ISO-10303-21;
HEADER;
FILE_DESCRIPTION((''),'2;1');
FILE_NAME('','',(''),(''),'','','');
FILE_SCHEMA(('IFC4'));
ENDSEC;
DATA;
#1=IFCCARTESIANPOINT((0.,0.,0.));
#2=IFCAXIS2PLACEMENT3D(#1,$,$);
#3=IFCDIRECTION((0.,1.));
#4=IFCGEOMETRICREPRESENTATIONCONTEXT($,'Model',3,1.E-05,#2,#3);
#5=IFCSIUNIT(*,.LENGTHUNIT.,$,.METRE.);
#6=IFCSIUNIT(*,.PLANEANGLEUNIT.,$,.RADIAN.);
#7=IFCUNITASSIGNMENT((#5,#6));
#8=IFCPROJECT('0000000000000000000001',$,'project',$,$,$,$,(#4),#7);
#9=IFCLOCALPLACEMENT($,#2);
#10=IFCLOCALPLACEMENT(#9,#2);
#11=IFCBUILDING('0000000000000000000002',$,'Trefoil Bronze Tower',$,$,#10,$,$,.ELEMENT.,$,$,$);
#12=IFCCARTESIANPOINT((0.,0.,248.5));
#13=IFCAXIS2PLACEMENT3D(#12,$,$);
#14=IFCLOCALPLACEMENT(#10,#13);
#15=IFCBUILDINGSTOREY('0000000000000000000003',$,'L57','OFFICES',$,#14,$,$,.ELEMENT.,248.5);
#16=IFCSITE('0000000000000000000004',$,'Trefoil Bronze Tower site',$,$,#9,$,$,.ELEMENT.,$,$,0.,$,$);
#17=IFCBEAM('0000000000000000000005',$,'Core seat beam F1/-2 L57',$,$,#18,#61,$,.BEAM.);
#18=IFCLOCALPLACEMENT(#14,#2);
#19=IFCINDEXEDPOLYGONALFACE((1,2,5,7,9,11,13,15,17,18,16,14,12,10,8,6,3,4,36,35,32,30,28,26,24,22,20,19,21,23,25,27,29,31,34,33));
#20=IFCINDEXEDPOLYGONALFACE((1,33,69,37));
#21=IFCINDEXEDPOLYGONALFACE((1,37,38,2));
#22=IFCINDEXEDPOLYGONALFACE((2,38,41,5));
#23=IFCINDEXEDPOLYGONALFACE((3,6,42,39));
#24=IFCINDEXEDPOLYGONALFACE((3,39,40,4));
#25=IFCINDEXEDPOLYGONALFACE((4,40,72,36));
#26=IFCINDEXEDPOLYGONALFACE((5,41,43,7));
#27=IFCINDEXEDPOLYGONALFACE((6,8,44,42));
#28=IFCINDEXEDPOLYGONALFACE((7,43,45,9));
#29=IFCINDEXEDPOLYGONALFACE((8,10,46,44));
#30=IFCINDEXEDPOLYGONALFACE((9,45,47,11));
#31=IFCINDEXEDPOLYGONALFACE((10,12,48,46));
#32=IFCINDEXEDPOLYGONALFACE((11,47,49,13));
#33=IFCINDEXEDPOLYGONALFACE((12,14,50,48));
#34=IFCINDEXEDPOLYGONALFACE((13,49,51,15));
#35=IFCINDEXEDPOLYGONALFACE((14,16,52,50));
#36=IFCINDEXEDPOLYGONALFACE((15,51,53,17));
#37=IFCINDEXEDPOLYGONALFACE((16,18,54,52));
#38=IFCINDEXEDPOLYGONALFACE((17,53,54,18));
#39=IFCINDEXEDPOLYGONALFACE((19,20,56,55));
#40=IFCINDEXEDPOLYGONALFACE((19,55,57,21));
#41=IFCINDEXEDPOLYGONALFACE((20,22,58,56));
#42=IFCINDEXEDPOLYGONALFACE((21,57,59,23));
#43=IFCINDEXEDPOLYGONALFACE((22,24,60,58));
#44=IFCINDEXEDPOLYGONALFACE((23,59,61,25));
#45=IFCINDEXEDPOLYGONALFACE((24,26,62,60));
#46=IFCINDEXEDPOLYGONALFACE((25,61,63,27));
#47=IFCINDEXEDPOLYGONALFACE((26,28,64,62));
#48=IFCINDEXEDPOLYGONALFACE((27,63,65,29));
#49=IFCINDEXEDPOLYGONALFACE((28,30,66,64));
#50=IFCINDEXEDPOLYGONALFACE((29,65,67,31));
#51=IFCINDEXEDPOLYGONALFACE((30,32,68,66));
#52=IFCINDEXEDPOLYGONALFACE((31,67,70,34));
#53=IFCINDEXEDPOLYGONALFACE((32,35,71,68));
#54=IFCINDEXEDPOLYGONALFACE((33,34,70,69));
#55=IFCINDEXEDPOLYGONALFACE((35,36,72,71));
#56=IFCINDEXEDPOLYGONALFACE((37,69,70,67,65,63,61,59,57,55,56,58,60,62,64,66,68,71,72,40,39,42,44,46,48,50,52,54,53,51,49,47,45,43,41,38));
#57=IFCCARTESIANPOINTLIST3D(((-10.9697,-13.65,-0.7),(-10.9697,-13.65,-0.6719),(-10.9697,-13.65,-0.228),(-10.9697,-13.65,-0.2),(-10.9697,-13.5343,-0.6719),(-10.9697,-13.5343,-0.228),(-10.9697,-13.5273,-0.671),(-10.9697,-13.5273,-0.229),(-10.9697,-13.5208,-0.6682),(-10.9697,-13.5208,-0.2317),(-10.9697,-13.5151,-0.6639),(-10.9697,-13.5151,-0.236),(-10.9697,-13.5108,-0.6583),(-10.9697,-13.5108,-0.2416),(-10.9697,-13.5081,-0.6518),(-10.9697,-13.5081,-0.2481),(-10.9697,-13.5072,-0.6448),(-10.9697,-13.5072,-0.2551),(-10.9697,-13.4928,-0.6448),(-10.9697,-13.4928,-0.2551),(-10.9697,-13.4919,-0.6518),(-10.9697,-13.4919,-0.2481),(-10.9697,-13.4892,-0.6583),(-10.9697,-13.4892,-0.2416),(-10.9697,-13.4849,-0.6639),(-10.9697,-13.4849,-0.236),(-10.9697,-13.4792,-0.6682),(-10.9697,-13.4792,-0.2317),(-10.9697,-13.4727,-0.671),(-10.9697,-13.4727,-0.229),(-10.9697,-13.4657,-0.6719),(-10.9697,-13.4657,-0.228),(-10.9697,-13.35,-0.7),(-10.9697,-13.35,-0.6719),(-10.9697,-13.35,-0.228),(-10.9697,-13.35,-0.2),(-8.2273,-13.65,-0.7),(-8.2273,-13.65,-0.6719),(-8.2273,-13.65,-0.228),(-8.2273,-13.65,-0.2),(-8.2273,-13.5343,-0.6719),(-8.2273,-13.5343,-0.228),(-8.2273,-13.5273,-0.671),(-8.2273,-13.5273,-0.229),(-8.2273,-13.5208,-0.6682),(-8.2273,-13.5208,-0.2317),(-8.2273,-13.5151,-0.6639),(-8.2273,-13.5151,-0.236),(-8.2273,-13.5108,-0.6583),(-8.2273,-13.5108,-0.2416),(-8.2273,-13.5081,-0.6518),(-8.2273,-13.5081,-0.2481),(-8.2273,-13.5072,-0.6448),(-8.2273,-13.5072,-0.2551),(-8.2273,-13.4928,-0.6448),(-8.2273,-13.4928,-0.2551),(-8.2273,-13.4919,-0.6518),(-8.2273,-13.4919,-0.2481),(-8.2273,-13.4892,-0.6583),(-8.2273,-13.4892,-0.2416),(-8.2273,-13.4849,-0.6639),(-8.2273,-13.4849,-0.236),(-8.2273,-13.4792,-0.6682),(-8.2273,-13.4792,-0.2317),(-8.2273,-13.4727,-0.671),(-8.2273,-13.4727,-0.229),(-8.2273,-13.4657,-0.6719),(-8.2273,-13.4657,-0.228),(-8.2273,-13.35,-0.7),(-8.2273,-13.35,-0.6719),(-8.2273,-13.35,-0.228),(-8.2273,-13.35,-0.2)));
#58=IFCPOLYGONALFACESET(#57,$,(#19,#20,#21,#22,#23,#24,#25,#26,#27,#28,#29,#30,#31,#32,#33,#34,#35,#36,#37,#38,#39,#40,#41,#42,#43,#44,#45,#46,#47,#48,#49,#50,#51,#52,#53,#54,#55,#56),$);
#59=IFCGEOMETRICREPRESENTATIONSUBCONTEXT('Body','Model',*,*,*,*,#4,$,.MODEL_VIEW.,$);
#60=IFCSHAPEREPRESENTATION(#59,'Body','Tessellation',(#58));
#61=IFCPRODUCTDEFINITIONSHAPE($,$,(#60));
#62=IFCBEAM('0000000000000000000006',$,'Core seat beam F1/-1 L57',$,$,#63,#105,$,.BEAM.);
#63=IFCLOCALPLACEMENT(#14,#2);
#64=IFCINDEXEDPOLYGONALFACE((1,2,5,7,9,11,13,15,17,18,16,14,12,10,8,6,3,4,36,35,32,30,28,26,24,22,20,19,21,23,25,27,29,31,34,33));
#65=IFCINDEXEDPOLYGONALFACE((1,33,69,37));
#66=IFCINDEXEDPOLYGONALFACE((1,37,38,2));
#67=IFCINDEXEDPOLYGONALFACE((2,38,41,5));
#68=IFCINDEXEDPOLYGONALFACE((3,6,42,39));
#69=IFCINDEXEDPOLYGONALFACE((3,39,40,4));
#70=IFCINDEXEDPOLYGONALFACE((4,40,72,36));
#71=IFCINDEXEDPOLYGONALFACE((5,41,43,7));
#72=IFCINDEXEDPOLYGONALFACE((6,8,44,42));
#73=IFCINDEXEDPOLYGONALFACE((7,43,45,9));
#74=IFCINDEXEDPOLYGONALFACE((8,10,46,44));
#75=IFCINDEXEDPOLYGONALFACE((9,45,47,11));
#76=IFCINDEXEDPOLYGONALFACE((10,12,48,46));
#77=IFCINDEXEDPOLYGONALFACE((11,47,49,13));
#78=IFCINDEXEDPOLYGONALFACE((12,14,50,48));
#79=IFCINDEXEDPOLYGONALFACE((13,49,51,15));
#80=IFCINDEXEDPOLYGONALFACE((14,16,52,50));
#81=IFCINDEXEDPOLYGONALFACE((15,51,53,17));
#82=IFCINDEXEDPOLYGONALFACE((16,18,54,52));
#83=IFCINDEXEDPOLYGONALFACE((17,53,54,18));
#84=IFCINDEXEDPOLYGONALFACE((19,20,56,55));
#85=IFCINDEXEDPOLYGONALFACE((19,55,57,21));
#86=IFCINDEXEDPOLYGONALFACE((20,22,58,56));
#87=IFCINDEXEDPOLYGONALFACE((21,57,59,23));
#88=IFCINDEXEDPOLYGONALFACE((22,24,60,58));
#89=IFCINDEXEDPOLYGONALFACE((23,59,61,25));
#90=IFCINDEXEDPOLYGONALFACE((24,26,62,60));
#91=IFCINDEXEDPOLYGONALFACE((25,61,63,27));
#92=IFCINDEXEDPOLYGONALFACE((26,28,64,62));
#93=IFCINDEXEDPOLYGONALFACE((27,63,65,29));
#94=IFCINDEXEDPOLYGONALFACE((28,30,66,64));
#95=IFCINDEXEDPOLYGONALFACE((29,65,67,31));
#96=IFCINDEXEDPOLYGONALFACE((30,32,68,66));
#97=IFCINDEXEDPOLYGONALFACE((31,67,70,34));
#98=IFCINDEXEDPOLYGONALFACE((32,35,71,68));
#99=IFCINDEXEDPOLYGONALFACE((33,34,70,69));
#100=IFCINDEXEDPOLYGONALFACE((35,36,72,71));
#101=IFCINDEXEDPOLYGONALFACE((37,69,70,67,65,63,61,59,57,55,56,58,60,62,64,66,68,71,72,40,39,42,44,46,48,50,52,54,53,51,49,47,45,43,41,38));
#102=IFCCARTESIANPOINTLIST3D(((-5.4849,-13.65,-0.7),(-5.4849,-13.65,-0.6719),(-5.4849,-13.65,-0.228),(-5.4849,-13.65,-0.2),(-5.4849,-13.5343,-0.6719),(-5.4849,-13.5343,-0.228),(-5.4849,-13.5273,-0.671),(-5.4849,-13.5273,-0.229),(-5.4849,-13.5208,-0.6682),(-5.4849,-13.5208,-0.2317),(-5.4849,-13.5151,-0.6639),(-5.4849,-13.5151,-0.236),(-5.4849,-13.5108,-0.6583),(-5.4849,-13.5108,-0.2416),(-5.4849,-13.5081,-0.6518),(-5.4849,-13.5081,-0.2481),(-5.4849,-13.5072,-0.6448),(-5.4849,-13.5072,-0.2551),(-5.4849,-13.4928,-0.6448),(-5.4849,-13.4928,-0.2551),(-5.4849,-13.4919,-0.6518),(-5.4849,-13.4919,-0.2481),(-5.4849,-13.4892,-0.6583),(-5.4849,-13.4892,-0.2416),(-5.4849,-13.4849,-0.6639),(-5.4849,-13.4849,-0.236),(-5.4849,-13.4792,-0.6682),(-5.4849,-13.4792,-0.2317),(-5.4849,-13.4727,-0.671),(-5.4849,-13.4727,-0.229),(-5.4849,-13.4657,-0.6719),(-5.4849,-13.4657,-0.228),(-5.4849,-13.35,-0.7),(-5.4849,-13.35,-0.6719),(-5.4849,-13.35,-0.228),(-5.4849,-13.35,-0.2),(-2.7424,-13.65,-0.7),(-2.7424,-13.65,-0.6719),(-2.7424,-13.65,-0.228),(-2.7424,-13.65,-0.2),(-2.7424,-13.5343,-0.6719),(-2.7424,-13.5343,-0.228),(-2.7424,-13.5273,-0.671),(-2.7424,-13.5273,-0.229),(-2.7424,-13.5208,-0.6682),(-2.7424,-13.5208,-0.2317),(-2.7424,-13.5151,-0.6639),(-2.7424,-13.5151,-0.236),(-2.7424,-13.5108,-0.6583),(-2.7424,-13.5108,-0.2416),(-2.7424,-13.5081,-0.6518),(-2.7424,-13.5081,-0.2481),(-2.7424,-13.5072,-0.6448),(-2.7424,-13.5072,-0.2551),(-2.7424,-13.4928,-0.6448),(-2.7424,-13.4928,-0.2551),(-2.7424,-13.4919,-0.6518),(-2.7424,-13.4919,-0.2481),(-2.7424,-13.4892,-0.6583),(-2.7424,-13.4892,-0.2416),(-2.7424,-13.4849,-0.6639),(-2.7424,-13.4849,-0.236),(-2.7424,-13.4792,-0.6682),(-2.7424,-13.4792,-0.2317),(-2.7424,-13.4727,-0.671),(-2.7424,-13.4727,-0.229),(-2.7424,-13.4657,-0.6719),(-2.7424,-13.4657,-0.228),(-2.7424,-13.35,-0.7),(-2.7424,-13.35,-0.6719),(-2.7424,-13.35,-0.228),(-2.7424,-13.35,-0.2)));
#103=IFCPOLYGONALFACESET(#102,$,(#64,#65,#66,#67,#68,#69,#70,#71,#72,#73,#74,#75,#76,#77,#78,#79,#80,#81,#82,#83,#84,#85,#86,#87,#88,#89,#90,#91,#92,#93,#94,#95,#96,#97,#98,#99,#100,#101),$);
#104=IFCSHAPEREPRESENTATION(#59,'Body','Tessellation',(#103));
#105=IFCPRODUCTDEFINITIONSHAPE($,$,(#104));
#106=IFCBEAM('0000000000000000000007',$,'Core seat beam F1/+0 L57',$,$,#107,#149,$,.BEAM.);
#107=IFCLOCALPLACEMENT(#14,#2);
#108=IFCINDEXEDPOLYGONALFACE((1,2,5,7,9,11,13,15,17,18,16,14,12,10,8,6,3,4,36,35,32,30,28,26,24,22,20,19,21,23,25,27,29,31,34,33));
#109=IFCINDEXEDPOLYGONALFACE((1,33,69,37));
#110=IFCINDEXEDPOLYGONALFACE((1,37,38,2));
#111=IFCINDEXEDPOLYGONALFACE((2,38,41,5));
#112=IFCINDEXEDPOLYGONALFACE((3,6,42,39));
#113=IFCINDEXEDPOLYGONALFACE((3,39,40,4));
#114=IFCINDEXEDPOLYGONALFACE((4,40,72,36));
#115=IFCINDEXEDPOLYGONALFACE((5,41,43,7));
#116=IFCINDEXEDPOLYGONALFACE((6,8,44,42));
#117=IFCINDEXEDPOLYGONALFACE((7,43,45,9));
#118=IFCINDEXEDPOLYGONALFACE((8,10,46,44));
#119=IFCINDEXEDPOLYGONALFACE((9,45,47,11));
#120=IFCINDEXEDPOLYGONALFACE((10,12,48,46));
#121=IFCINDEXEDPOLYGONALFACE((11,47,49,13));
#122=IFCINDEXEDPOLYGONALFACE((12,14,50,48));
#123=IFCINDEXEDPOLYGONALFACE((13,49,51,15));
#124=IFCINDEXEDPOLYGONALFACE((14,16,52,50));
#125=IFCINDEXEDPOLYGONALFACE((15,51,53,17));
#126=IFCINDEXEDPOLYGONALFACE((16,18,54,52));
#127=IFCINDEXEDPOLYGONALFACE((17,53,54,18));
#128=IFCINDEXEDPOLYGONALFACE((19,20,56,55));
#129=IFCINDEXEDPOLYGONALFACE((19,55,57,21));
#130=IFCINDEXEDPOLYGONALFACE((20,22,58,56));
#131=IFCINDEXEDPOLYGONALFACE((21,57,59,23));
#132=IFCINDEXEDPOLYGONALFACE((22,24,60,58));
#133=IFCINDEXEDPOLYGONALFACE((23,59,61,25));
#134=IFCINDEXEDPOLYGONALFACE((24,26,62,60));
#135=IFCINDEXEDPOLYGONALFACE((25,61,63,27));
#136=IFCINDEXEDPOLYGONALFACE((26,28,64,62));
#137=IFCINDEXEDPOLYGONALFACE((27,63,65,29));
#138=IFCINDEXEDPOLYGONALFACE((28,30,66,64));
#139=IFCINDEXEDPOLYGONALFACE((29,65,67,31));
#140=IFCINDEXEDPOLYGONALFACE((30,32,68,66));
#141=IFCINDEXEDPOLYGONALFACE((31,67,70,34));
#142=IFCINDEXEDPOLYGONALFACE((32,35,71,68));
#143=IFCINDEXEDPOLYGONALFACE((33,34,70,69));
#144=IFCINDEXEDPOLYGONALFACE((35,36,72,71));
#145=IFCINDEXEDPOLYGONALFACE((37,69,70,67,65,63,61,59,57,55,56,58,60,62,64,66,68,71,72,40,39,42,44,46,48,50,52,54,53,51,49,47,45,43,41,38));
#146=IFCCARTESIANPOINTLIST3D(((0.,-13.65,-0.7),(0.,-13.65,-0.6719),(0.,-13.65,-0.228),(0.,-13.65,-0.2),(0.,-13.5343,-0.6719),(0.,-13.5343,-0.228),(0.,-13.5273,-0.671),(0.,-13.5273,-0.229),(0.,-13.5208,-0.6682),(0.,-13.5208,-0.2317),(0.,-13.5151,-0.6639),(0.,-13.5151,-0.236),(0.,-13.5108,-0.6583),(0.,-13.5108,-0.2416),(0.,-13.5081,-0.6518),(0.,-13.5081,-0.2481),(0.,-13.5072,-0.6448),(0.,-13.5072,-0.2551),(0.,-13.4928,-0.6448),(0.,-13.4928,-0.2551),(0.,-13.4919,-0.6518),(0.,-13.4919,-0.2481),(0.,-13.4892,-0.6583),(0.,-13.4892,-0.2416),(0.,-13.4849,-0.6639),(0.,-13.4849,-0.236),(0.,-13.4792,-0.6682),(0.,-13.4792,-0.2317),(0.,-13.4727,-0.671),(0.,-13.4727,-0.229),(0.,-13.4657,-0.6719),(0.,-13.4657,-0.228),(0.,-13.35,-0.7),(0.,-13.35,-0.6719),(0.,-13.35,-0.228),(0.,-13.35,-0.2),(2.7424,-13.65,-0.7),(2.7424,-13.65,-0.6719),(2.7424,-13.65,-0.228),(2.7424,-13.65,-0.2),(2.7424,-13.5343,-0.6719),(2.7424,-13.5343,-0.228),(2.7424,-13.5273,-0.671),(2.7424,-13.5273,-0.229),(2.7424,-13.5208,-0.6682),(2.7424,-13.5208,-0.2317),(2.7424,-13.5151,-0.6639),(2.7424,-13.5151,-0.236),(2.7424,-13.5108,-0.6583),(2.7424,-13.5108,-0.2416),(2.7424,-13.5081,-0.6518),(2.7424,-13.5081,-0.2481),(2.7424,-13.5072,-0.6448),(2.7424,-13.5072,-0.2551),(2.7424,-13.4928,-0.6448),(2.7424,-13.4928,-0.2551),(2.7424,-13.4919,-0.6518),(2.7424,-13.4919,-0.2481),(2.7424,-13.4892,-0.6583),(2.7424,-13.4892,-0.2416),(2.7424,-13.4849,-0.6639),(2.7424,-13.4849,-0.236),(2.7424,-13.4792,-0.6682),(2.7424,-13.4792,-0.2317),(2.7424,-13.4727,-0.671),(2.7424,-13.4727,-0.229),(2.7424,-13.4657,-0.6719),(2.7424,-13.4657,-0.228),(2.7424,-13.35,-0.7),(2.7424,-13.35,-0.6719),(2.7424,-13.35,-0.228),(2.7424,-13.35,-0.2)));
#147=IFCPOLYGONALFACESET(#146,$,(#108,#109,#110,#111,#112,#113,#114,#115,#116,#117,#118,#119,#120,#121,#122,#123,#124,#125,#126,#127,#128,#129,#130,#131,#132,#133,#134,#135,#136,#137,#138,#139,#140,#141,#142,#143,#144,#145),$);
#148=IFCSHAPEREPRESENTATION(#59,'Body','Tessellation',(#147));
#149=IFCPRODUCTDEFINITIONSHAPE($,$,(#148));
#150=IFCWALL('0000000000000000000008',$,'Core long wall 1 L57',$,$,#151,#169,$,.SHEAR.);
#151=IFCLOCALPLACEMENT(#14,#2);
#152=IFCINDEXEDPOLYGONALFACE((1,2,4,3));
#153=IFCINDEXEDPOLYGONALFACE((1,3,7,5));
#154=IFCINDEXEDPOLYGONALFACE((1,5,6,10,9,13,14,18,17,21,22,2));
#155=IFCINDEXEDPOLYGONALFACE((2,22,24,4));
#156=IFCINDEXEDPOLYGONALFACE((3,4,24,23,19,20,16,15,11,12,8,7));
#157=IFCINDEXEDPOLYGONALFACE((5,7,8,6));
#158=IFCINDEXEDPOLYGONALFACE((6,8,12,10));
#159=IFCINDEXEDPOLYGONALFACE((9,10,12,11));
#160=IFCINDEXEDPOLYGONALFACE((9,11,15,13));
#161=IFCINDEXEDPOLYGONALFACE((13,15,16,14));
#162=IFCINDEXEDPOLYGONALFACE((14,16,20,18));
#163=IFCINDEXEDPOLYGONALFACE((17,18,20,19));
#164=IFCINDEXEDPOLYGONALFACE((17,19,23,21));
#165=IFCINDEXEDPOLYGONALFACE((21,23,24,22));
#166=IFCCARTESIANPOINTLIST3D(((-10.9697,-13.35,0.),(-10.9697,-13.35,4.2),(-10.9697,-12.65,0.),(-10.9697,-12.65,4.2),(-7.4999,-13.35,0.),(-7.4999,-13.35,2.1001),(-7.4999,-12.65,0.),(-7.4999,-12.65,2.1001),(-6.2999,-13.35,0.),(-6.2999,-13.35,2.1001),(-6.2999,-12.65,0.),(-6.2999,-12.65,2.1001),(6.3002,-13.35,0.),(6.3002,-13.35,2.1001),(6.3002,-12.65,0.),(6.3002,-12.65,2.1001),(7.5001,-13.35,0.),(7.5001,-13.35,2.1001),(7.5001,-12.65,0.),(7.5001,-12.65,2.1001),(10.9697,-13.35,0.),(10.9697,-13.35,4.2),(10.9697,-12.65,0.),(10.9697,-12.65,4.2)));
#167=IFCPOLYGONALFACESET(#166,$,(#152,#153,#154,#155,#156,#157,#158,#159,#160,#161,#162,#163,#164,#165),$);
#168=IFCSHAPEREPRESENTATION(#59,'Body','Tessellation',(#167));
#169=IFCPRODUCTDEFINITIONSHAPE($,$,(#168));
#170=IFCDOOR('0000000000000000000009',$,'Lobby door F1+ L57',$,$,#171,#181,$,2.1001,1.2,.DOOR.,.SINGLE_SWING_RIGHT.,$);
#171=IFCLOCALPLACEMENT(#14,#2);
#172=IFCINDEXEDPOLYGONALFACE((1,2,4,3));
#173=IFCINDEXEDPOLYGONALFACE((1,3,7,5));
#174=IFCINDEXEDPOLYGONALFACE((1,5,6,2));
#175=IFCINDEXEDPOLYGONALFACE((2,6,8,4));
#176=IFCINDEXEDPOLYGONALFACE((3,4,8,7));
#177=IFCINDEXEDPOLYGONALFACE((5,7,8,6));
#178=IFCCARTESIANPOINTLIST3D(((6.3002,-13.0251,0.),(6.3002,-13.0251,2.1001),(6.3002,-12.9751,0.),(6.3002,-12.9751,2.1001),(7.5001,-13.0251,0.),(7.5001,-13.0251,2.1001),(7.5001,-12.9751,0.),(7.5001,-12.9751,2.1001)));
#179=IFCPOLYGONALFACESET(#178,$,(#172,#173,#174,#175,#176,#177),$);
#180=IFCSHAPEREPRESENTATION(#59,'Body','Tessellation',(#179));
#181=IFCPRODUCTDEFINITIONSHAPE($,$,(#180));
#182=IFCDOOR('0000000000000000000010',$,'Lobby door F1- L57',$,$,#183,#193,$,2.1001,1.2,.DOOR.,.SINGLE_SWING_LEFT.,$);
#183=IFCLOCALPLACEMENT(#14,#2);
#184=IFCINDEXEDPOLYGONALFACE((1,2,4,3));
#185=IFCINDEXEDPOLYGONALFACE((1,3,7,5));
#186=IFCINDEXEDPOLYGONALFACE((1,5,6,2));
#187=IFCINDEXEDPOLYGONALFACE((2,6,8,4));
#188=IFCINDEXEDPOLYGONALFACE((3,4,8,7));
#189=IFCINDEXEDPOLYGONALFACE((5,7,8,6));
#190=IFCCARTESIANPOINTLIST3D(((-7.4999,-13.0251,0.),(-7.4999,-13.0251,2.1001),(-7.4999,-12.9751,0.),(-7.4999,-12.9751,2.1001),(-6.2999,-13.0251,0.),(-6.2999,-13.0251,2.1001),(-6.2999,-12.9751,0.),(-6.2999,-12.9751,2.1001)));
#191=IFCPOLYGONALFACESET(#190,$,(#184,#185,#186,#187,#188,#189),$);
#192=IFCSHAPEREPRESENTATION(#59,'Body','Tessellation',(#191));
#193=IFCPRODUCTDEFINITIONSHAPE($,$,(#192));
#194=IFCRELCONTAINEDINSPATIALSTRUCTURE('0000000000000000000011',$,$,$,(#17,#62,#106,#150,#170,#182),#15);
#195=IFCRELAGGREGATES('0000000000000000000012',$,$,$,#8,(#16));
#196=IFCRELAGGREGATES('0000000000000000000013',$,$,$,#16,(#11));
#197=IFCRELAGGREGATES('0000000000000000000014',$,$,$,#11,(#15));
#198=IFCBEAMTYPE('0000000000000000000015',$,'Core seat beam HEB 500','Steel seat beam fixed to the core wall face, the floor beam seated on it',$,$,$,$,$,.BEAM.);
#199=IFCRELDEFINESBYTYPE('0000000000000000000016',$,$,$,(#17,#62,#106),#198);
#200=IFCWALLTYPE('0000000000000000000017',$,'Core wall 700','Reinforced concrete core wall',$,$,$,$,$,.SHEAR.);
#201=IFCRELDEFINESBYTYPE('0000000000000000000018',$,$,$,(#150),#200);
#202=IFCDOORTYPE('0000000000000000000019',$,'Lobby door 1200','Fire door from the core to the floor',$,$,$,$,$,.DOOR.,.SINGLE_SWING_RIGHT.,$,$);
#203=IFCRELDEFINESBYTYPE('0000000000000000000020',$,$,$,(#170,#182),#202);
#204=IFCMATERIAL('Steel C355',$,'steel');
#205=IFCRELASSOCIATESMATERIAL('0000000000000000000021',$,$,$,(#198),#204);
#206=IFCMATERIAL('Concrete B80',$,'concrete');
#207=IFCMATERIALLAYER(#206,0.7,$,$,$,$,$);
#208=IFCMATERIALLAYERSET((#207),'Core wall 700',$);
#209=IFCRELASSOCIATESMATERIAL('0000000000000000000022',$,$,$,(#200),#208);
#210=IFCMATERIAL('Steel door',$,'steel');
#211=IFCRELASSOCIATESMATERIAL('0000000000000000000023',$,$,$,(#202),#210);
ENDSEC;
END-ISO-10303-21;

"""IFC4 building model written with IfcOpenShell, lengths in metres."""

from ifc_helpers import new_model, si_unit, direction, frame, frame_2d, origin, origin_2d, place, context, subcontext, project, spatial, rectangle, i_section, extrude, material, layer, layer_set, material_profile, profile_set, type_object, element, fill, save


model = new_model("IFC4")

# Units and contexts
model_context = context("Model", 3, precision=1e-05, world=origin(), true_north=direction((0.0, 1.0)))
body_context = subcontext(model_context, "Body", "Model", "MODEL_VIEW")
ifc_project = project(units=[si_unit("LENGTHUNIT", "METRE"), si_unit("PLANEANGLEUNIT", "RADIAN")], contexts=[model_context])

# Site, building, storey
site_placement = place(None, origin())
site = spatial("IfcSite", under=ifc_project, at=site_placement, Name="Trefoil Bronze Tower site", CompositionType="ELEMENT", RefElevation=0.0)
building_placement = place(site_placement, origin())
building = spatial("IfcBuilding", under=site, at=building_placement, Name="Trefoil Bronze Tower", CompositionType="ELEMENT")
storey_placement = place(building_placement, frame((0.0, 0.0, 248.5)))
storey = spatial("IfcBuildingStorey", under=building, at=storey_placement, Name="L57", Description="OFFICES", CompositionType="ELEMENT", Elevation=248.5)

# Beams
ifc_material_1 = material(Name="Steel C355", Category="steel")
ifc_material_profile = material_profile(ifc_material_1, i_section(OverallWidth=0.3, OverallDepth=0.5, WebThickness=0.0144, FlangeThickness=0.0281, FilletRadius=0.0271, at=origin_2d()), Name="HEB 500")
ifc_profile_set = profile_set([ifc_material_profile], Name="Steel C355")
beam_type = type_object("IfcBeamType", Name="Core seat beam HEB 500", Description="Steel seat beam fixed to the core wall face, the floor beam seated on it", PredefinedType="BEAM", material=ifc_profile_set)
for number, where, z_axis, x_axis, name in (
    (1, (-10.9697, -13.5, -0.45), (1.0, 0.0, 0.0), (0.0, 1.0, 0.0), "Core seat beam F1/-2 L57"),
    (2, (-5.4849, -13.5, -0.45), (1.0, 0.0, 0.0), (0.0, 1.0, 0.0), "Core seat beam F1/-1 L57"),
    (3, (0.0, -13.5, -0.45), (1.0, 0.0, 0.0), (0.0, 1.0, 0.0), "Core seat beam F1/+0 L57"),
):
    element("IfcBeam", number, at=place(storey_placement, frame(where, z_axis=z_axis, x_axis=x_axis)), inside=storey, type_object=beam_type, Name=name, PredefinedType="BEAM", context=body_context, shape_type="SweptSolid", body=[
        extrude(i_section(OverallWidth=0.3, OverallDepth=0.5, WebThickness=0.0144, FlangeThickness=0.0281, FilletRadius=0.0271, at=origin_2d()), origin(), (0.0, 0.0, 1.0), 2.7424),
    ])

# Wall, openings, doors
ifc_material_2 = material(Name="Concrete B80", Category="concrete")
ifc_layer_1 = layer(ifc_material_2, 0.7)
ifc_layer_set_1 = layer_set([ifc_layer_1], Name="Core wall 700")
wall_type_1 = type_object("IfcWallType", Name="Core wall 700", Description="Reinforced concrete core wall", PredefinedType="SHEAR", material=ifc_layer_set_1)
wall_1_placement = place(storey_placement, frame((-10.9697, -13.0, 0.0), z_axis=(0.0, 0.0, 1.0), x_axis=(1.0, 0.0, 0.0)))
wall_1 = element("IfcWall", 4, at=wall_1_placement, inside=storey, type_object=wall_type_1, Name="Core long wall 1 L57", PredefinedType="SHEAR", context=body_context, shape_type="SweptSolid", body=[
    extrude(rectangle(XDim=21.9395, YDim=0.7, at=frame_2d((10.9697, 0.0))), origin(), (0.0, 0.0, 1.0), 4.2),
])
opening_1_placement = place(wall_1_placement, frame((17.2698, 0.0, 0.0)))
opening_1 = element("IfcOpeningElement", 5, at=opening_1_placement, cuts=wall_1, PredefinedType="OPENING", context=body_context, shape_type="SweptSolid", body=[
    extrude(rectangle(XDim=1.2, YDim=2.1001, at=frame_2d((0.6001, 1.05))), frame((0.0, 0.3599, 0.0), z_axis=(0.0, -1.0, 0.0), x_axis=(1.0, 0.0, 0.0)), (0.0, 0.0, 1.0), 0.72),
])
opening_2_placement = place(wall_1_placement, frame((3.4697, 0.0, 0.0)))
opening_2 = element("IfcOpeningElement", 6, at=opening_2_placement, cuts=wall_1, PredefinedType="OPENING", context=body_context, shape_type="SweptSolid", body=[
    extrude(rectangle(XDim=1.2, YDim=2.1001, at=frame_2d((0.6001, 1.05))), frame((0.0, 0.3599, 0.0), z_axis=(0.0, -1.0, 0.0), x_axis=(1.0, 0.0, 0.0)), (0.0, 0.0, 1.0), 0.72),
])
ifc_material_3 = material(Name="Steel door", Category="steel")
door_type_1 = type_object("IfcDoorType", Name="Lobby door 1200", Description="Fire door from the core to the floor", OperationType="SINGLE_SWING_RIGHT", PredefinedType="DOOR", material=ifc_material_3)
door_1_placement = place(opening_1_placement, origin())
door_1 = element("IfcDoor", 7, at=door_1_placement, inside=storey, type_object=door_type_1, Name="Lobby door F1+ L57", OperationType="SINGLE_SWING_RIGHT", OverallHeight=2.1001, OverallWidth=1.2, PredefinedType="DOOR", context=body_context, shape_type="SweptSolid", body=[
    extrude(rectangle(XDim=1.2, YDim=2.1001, at=frame_2d((0.6001, 1.05))), frame((0.0, 0.0249, 0.0), z_axis=(0.0, -1.0, 0.0), x_axis=(1.0, 0.0, 0.0)), (0.0, 0.0, 1.0), 0.05),
])
fill(opening_1, door_1)
door_2_placement = place(opening_2_placement, origin())
door_2 = element("IfcDoor", 8, at=door_2_placement, inside=storey, type_object=door_type_1, Name="Lobby door F1- L57", OperationType="SINGLE_SWING_LEFT", OverallHeight=2.1001, OverallWidth=1.2, PredefinedType="DOOR", context=body_context, shape_type="SweptSolid", body=[
    extrude(rectangle(XDim=1.2, YDim=2.1001, at=frame_2d((0.6001, 1.05))), frame((0.0, 0.0249, 0.0), z_axis=(0.0, -1.0, 0.0), x_axis=(1.0, 0.0, 0.0)), (0.0, 0.0, 1.0), 0.05),
])
fill(opening_2, door_2)

save(model, "model.ifc")
